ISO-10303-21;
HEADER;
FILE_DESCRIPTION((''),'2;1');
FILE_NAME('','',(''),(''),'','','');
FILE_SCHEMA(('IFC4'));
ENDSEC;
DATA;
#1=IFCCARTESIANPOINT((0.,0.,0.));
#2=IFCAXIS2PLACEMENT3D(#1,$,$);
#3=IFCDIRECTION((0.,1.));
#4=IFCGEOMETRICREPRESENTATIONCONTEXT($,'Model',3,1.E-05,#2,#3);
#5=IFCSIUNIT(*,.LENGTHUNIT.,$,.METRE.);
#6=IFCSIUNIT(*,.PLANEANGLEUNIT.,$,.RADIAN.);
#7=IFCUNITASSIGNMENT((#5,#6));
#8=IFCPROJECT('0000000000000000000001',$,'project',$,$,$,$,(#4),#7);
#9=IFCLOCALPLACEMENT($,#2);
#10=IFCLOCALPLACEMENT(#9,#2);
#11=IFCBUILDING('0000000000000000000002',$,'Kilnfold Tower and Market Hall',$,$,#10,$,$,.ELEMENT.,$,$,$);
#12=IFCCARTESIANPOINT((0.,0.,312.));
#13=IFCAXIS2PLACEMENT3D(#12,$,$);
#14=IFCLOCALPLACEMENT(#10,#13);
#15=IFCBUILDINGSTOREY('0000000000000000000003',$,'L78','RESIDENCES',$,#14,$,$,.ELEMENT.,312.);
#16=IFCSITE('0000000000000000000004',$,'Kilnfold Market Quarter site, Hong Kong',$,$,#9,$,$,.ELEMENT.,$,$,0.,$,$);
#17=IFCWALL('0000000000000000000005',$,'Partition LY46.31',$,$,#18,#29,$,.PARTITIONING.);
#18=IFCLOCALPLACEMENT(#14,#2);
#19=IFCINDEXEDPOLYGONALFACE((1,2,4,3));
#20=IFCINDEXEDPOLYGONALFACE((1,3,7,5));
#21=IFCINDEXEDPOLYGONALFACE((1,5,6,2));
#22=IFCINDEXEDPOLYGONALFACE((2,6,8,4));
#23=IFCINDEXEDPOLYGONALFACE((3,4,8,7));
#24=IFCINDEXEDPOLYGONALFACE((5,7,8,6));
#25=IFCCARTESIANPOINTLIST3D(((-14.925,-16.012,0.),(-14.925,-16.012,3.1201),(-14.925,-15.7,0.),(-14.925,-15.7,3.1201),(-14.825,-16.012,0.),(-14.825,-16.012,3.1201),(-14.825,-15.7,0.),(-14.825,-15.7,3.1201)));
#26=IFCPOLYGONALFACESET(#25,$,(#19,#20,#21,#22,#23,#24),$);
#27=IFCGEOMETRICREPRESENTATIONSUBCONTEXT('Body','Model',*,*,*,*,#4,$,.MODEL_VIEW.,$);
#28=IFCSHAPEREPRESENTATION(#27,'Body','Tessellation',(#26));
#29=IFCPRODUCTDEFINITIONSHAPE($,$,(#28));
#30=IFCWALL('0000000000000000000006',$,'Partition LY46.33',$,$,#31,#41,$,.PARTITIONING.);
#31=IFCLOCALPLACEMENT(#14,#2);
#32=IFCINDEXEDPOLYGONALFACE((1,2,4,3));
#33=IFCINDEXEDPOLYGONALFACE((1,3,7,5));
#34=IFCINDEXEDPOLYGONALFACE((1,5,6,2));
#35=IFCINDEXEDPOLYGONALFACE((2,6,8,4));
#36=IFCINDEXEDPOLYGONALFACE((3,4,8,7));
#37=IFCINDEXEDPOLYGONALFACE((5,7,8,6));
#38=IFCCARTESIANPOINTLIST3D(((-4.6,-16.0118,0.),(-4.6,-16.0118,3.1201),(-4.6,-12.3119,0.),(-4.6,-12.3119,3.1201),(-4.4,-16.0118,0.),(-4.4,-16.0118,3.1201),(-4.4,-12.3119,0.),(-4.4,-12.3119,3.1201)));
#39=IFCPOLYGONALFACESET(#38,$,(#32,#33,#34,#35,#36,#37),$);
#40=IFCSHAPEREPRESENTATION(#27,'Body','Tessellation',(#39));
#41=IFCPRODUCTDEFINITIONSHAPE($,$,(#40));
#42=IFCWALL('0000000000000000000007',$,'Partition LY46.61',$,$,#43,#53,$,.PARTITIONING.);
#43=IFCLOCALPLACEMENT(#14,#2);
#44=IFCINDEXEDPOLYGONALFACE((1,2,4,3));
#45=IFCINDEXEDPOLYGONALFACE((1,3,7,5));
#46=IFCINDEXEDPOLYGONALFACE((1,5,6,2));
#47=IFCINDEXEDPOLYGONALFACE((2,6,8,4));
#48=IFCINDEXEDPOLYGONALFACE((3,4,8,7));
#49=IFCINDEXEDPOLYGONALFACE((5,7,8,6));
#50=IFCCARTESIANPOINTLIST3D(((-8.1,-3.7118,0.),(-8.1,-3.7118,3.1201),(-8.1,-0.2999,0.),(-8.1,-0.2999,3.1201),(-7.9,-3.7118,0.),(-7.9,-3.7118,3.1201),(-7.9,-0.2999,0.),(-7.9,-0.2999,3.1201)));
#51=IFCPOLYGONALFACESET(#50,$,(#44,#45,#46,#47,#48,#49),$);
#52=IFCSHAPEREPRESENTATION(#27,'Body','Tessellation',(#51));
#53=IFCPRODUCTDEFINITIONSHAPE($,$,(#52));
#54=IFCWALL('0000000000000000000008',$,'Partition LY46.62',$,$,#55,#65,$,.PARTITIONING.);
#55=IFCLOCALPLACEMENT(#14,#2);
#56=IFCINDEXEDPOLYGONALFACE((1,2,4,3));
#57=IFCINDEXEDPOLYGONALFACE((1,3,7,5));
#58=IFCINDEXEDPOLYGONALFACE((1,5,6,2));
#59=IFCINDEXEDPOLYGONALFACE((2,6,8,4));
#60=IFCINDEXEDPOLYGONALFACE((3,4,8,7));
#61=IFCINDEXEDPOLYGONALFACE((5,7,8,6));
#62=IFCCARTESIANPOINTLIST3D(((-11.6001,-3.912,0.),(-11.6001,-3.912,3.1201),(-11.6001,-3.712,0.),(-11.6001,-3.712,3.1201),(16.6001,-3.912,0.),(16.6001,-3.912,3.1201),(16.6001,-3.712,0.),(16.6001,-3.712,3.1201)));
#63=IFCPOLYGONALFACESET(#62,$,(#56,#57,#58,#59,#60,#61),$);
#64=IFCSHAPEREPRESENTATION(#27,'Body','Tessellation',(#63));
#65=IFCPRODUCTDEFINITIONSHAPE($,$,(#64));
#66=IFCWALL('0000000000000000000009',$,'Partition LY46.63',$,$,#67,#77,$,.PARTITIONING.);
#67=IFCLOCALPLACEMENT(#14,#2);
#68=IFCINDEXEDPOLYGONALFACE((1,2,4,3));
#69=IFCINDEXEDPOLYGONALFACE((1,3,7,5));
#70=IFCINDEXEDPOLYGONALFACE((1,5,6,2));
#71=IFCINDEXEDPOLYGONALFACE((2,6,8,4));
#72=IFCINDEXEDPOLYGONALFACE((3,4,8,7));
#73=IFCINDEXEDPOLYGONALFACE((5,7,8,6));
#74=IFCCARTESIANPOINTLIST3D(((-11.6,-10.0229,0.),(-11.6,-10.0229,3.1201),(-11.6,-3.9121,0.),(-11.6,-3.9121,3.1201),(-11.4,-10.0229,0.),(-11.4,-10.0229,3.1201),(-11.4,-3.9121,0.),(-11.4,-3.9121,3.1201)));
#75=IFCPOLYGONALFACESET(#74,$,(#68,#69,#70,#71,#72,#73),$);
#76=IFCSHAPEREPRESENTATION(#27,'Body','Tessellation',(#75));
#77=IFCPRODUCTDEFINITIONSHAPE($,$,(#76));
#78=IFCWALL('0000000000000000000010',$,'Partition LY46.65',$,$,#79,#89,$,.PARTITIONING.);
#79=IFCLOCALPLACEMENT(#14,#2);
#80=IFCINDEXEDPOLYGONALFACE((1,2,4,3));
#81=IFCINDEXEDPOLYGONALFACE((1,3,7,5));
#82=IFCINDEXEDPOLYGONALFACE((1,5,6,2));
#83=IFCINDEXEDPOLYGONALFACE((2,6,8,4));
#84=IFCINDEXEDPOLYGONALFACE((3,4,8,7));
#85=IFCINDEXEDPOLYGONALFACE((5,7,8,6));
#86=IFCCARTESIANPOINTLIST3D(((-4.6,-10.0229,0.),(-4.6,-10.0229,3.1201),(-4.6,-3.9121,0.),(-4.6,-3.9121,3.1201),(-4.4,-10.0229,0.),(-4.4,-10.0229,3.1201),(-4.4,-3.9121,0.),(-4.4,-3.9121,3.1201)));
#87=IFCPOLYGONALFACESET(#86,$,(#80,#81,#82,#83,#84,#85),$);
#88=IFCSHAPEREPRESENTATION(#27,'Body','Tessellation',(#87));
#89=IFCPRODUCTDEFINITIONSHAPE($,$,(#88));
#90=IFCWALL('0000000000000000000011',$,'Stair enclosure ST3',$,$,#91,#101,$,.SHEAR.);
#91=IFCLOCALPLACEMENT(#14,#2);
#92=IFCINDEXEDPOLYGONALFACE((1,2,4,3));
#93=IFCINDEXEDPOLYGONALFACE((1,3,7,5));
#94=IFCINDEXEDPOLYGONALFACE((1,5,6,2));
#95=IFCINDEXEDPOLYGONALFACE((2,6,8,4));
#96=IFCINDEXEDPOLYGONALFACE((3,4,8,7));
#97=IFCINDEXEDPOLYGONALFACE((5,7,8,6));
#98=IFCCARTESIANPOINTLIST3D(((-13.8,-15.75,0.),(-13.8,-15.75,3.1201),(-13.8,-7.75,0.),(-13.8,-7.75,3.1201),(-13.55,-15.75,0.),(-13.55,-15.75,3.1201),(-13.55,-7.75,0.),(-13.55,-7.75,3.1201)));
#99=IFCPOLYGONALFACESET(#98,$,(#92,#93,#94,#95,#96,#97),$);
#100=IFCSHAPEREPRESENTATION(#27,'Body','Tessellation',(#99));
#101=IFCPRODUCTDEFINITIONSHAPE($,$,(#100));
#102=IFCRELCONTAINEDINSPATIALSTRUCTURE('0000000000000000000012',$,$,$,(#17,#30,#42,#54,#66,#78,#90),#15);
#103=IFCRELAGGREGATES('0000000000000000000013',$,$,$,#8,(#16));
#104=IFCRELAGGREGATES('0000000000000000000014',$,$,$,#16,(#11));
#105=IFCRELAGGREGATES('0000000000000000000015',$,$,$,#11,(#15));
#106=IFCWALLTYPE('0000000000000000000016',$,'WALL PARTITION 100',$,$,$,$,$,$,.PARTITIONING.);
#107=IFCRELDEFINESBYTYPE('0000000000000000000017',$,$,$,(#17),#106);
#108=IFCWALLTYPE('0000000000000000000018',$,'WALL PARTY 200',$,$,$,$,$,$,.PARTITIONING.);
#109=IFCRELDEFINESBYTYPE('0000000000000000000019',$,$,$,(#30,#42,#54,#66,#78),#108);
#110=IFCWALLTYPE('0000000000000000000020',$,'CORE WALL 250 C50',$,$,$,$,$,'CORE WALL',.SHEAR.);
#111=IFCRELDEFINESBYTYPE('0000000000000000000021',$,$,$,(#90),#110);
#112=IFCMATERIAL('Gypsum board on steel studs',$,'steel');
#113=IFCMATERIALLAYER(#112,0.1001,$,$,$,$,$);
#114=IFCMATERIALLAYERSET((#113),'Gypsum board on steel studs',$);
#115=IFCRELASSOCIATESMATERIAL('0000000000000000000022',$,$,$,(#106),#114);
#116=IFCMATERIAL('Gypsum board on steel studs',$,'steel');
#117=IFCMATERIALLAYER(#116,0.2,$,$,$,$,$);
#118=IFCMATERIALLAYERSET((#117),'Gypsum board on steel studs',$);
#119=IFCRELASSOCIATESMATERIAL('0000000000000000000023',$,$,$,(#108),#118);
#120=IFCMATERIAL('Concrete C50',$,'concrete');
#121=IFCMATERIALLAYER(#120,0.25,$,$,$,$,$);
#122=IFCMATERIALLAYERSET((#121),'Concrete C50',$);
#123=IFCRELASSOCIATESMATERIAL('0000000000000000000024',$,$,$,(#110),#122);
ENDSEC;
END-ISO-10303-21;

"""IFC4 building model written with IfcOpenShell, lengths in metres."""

from ifc_helpers import new_model, si_unit, direction, frame, frame_2d, origin, place, context, subcontext, project, spatial, rectangle, extrude, source, transform, mapped, material, layer, layer_set, type_object, element, save


model = new_model("IFC4")

# Units and contexts
model_context = context("Model", 3, precision=1e-05, world=origin(), true_north=direction((0.0, 1.0)))
body_context = subcontext(model_context, "Body", "Model", "MODEL_VIEW")
ifc_project = project(units=[si_unit("LENGTHUNIT", "METRE"), si_unit("PLANEANGLEUNIT", "RADIAN")], contexts=[model_context])

# Site, building, storey
site_placement = place(None, origin())
site = spatial("IfcSite", under=ifc_project, at=site_placement, Name="Kilnfold Market Quarter site, Hong Kong", CompositionType="ELEMENT", RefElevation=0.0)
building_placement = place(site_placement, origin())
building = spatial("IfcBuilding", under=site, at=building_placement, Name="Kilnfold Tower and Market Hall", CompositionType="ELEMENT")
storey_placement = place(building_placement, frame((0.0, 0.0, 312.0)))
storey = spatial("IfcBuildingStorey", under=building, at=storey_placement, Name="L78", Description="RESIDENCES", CompositionType="ELEMENT", Elevation=312.0)

# Walls
ifc_material_1 = material(Name="Gypsum board on steel studs", Category="steel")
ifc_layer_1 = layer(ifc_material_1, 0.1001)
ifc_layer_set_1 = layer_set([ifc_layer_1], Name="Gypsum board on steel studs")
wall_type_1 = type_object("IfcWallType", Name="WALL PARTITION 100", PredefinedType="PARTITIONING", material=ifc_layer_set_1)
wall_1_placement = place(storey_placement, frame((-14.875, -16.012, 0.0), z_axis=(0.0, 0.0, 1.0), x_axis=(0.0, 1.0, 0.0)))
element("IfcWall", 1, at=wall_1_placement, inside=storey, type_object=wall_type_1, Name="Partition LY46.31", PredefinedType="PARTITIONING", context=body_context, shape_type="SweptSolid", body=[
    extrude(rectangle(XDim=0.312, YDim=0.1001, at=frame_2d((0.156, 0.0))), origin(), (0.0, 0.0, 1.0), 3.1201),
])
ifc_material_2 = material(Name="Gypsum board on steel studs", Category="steel")
ifc_layer_2 = layer(ifc_material_2, 0.2)
ifc_layer_set_2 = layer_set([ifc_layer_2], Name="Gypsum board on steel studs")
wall_type_2 = type_object("IfcWallType", Name="WALL PARTY 200", PredefinedType="PARTITIONING", material=ifc_layer_set_2)
wall_2_placement = place(storey_placement, frame((-4.5, -16.012, 0.0), z_axis=(0.0, 0.0, 1.0), x_axis=(0.0, 1.0, 0.0)))
element("IfcWall", 2, at=wall_2_placement, inside=storey, type_object=wall_type_2, Name="Partition LY46.33", PredefinedType="PARTITIONING", context=body_context, shape_type="SweptSolid", body=[
    extrude(rectangle(XDim=3.7, YDim=0.2, at=frame_2d((1.8501, 0.0))), origin(), (0.0, 0.0, 1.0), 3.1201),
])
wall_3_placement = place(storey_placement, frame((-8.0, -3.7119, 0.0), z_axis=(0.0, 0.0, 1.0), x_axis=(0.0, 1.0, 0.0)))
element("IfcWall", 3, at=wall_3_placement, inside=storey, type_object=wall_type_2, Name="Partition LY46.61", PredefinedType="PARTITIONING", context=body_context, shape_type="SweptSolid", body=[
    extrude(rectangle(XDim=3.4119, YDim=0.2, at=frame_2d((1.7061, 0.0))), origin(), (0.0, 0.0, 1.0), 3.1201),
])
wall_4_placement = place(storey_placement, frame((-11.6001, -3.812, 0.0), z_axis=(0.0, 0.0, 1.0), x_axis=(1.0, 0.0, 0.0)))
element("IfcWall", 4, at=wall_4_placement, inside=storey, type_object=wall_type_2, Name="Partition LY46.62", PredefinedType="PARTITIONING", context=body_context, shape_type="SweptSolid", body=[
    extrude(rectangle(XDim=28.2002, YDim=0.2, at=frame_2d((14.1001, 0.0))), origin(), (0.0, 0.0, 1.0), 3.1201),
])
for number, where, z_axis, x_axis, name in (
    (5, (-11.5, -10.0229, 0.0), (0.0, 0.0, 1.0), (0.0, 1.0, 0.0), "Partition LY46.63"),
    (6, (-4.5, -10.0229, 0.0), (0.0, 0.0, 1.0), (0.0, 1.0, 0.0), "Partition LY46.65"),
):
    element("IfcWall", number, at=place(storey_placement, frame(where, z_axis=z_axis, x_axis=x_axis)), inside=storey, type_object=wall_type_2, Name=name, PredefinedType="PARTITIONING", context=body_context, shape_type="SweptSolid", body=[
        extrude(rectangle(XDim=6.1108, YDim=0.2, at=frame_2d((3.0554, 0.0))), origin(), (0.0, 0.0, 1.0), 3.1201),
    ])
ifc_material_3 = material(Name="Concrete C50", Category="concrete")
ifc_layer_3 = layer(ifc_material_3, 0.25)
ifc_layer_set_3 = layer_set([ifc_layer_3], Name="Concrete C50")
wall_type_3 = type_object("IfcWallType", Name="CORE WALL 250 C50", ElementType="CORE WALL", PredefinedType="SHEAR", material=ifc_layer_set_3)
shared_shape_1 = source(origin(), body_context, "Body", "SweptSolid", [
    extrude(rectangle(XDim=8.0, YDim=0.25, at=frame_2d((4.0, 0.0))), origin(), (0.0, 0.0, 1.0), 3.1201),
])
wall_5_placement = place(storey_placement, frame((-13.675, -15.75, 0.0), z_axis=(0.0, 0.0, 1.0), x_axis=(0.0, 1.0, 0.0)))
element("IfcWall", 7, at=wall_5_placement, inside=storey, type_object=wall_type_3, Name="Stair enclosure ST3", PredefinedType="SHEAR", context=body_context, shape_type="MappedRepresentation", body=[
    mapped(shared_shape_1, transform((0.0, 0.0, 0.0))),
])

save(model, "model.ifc")
